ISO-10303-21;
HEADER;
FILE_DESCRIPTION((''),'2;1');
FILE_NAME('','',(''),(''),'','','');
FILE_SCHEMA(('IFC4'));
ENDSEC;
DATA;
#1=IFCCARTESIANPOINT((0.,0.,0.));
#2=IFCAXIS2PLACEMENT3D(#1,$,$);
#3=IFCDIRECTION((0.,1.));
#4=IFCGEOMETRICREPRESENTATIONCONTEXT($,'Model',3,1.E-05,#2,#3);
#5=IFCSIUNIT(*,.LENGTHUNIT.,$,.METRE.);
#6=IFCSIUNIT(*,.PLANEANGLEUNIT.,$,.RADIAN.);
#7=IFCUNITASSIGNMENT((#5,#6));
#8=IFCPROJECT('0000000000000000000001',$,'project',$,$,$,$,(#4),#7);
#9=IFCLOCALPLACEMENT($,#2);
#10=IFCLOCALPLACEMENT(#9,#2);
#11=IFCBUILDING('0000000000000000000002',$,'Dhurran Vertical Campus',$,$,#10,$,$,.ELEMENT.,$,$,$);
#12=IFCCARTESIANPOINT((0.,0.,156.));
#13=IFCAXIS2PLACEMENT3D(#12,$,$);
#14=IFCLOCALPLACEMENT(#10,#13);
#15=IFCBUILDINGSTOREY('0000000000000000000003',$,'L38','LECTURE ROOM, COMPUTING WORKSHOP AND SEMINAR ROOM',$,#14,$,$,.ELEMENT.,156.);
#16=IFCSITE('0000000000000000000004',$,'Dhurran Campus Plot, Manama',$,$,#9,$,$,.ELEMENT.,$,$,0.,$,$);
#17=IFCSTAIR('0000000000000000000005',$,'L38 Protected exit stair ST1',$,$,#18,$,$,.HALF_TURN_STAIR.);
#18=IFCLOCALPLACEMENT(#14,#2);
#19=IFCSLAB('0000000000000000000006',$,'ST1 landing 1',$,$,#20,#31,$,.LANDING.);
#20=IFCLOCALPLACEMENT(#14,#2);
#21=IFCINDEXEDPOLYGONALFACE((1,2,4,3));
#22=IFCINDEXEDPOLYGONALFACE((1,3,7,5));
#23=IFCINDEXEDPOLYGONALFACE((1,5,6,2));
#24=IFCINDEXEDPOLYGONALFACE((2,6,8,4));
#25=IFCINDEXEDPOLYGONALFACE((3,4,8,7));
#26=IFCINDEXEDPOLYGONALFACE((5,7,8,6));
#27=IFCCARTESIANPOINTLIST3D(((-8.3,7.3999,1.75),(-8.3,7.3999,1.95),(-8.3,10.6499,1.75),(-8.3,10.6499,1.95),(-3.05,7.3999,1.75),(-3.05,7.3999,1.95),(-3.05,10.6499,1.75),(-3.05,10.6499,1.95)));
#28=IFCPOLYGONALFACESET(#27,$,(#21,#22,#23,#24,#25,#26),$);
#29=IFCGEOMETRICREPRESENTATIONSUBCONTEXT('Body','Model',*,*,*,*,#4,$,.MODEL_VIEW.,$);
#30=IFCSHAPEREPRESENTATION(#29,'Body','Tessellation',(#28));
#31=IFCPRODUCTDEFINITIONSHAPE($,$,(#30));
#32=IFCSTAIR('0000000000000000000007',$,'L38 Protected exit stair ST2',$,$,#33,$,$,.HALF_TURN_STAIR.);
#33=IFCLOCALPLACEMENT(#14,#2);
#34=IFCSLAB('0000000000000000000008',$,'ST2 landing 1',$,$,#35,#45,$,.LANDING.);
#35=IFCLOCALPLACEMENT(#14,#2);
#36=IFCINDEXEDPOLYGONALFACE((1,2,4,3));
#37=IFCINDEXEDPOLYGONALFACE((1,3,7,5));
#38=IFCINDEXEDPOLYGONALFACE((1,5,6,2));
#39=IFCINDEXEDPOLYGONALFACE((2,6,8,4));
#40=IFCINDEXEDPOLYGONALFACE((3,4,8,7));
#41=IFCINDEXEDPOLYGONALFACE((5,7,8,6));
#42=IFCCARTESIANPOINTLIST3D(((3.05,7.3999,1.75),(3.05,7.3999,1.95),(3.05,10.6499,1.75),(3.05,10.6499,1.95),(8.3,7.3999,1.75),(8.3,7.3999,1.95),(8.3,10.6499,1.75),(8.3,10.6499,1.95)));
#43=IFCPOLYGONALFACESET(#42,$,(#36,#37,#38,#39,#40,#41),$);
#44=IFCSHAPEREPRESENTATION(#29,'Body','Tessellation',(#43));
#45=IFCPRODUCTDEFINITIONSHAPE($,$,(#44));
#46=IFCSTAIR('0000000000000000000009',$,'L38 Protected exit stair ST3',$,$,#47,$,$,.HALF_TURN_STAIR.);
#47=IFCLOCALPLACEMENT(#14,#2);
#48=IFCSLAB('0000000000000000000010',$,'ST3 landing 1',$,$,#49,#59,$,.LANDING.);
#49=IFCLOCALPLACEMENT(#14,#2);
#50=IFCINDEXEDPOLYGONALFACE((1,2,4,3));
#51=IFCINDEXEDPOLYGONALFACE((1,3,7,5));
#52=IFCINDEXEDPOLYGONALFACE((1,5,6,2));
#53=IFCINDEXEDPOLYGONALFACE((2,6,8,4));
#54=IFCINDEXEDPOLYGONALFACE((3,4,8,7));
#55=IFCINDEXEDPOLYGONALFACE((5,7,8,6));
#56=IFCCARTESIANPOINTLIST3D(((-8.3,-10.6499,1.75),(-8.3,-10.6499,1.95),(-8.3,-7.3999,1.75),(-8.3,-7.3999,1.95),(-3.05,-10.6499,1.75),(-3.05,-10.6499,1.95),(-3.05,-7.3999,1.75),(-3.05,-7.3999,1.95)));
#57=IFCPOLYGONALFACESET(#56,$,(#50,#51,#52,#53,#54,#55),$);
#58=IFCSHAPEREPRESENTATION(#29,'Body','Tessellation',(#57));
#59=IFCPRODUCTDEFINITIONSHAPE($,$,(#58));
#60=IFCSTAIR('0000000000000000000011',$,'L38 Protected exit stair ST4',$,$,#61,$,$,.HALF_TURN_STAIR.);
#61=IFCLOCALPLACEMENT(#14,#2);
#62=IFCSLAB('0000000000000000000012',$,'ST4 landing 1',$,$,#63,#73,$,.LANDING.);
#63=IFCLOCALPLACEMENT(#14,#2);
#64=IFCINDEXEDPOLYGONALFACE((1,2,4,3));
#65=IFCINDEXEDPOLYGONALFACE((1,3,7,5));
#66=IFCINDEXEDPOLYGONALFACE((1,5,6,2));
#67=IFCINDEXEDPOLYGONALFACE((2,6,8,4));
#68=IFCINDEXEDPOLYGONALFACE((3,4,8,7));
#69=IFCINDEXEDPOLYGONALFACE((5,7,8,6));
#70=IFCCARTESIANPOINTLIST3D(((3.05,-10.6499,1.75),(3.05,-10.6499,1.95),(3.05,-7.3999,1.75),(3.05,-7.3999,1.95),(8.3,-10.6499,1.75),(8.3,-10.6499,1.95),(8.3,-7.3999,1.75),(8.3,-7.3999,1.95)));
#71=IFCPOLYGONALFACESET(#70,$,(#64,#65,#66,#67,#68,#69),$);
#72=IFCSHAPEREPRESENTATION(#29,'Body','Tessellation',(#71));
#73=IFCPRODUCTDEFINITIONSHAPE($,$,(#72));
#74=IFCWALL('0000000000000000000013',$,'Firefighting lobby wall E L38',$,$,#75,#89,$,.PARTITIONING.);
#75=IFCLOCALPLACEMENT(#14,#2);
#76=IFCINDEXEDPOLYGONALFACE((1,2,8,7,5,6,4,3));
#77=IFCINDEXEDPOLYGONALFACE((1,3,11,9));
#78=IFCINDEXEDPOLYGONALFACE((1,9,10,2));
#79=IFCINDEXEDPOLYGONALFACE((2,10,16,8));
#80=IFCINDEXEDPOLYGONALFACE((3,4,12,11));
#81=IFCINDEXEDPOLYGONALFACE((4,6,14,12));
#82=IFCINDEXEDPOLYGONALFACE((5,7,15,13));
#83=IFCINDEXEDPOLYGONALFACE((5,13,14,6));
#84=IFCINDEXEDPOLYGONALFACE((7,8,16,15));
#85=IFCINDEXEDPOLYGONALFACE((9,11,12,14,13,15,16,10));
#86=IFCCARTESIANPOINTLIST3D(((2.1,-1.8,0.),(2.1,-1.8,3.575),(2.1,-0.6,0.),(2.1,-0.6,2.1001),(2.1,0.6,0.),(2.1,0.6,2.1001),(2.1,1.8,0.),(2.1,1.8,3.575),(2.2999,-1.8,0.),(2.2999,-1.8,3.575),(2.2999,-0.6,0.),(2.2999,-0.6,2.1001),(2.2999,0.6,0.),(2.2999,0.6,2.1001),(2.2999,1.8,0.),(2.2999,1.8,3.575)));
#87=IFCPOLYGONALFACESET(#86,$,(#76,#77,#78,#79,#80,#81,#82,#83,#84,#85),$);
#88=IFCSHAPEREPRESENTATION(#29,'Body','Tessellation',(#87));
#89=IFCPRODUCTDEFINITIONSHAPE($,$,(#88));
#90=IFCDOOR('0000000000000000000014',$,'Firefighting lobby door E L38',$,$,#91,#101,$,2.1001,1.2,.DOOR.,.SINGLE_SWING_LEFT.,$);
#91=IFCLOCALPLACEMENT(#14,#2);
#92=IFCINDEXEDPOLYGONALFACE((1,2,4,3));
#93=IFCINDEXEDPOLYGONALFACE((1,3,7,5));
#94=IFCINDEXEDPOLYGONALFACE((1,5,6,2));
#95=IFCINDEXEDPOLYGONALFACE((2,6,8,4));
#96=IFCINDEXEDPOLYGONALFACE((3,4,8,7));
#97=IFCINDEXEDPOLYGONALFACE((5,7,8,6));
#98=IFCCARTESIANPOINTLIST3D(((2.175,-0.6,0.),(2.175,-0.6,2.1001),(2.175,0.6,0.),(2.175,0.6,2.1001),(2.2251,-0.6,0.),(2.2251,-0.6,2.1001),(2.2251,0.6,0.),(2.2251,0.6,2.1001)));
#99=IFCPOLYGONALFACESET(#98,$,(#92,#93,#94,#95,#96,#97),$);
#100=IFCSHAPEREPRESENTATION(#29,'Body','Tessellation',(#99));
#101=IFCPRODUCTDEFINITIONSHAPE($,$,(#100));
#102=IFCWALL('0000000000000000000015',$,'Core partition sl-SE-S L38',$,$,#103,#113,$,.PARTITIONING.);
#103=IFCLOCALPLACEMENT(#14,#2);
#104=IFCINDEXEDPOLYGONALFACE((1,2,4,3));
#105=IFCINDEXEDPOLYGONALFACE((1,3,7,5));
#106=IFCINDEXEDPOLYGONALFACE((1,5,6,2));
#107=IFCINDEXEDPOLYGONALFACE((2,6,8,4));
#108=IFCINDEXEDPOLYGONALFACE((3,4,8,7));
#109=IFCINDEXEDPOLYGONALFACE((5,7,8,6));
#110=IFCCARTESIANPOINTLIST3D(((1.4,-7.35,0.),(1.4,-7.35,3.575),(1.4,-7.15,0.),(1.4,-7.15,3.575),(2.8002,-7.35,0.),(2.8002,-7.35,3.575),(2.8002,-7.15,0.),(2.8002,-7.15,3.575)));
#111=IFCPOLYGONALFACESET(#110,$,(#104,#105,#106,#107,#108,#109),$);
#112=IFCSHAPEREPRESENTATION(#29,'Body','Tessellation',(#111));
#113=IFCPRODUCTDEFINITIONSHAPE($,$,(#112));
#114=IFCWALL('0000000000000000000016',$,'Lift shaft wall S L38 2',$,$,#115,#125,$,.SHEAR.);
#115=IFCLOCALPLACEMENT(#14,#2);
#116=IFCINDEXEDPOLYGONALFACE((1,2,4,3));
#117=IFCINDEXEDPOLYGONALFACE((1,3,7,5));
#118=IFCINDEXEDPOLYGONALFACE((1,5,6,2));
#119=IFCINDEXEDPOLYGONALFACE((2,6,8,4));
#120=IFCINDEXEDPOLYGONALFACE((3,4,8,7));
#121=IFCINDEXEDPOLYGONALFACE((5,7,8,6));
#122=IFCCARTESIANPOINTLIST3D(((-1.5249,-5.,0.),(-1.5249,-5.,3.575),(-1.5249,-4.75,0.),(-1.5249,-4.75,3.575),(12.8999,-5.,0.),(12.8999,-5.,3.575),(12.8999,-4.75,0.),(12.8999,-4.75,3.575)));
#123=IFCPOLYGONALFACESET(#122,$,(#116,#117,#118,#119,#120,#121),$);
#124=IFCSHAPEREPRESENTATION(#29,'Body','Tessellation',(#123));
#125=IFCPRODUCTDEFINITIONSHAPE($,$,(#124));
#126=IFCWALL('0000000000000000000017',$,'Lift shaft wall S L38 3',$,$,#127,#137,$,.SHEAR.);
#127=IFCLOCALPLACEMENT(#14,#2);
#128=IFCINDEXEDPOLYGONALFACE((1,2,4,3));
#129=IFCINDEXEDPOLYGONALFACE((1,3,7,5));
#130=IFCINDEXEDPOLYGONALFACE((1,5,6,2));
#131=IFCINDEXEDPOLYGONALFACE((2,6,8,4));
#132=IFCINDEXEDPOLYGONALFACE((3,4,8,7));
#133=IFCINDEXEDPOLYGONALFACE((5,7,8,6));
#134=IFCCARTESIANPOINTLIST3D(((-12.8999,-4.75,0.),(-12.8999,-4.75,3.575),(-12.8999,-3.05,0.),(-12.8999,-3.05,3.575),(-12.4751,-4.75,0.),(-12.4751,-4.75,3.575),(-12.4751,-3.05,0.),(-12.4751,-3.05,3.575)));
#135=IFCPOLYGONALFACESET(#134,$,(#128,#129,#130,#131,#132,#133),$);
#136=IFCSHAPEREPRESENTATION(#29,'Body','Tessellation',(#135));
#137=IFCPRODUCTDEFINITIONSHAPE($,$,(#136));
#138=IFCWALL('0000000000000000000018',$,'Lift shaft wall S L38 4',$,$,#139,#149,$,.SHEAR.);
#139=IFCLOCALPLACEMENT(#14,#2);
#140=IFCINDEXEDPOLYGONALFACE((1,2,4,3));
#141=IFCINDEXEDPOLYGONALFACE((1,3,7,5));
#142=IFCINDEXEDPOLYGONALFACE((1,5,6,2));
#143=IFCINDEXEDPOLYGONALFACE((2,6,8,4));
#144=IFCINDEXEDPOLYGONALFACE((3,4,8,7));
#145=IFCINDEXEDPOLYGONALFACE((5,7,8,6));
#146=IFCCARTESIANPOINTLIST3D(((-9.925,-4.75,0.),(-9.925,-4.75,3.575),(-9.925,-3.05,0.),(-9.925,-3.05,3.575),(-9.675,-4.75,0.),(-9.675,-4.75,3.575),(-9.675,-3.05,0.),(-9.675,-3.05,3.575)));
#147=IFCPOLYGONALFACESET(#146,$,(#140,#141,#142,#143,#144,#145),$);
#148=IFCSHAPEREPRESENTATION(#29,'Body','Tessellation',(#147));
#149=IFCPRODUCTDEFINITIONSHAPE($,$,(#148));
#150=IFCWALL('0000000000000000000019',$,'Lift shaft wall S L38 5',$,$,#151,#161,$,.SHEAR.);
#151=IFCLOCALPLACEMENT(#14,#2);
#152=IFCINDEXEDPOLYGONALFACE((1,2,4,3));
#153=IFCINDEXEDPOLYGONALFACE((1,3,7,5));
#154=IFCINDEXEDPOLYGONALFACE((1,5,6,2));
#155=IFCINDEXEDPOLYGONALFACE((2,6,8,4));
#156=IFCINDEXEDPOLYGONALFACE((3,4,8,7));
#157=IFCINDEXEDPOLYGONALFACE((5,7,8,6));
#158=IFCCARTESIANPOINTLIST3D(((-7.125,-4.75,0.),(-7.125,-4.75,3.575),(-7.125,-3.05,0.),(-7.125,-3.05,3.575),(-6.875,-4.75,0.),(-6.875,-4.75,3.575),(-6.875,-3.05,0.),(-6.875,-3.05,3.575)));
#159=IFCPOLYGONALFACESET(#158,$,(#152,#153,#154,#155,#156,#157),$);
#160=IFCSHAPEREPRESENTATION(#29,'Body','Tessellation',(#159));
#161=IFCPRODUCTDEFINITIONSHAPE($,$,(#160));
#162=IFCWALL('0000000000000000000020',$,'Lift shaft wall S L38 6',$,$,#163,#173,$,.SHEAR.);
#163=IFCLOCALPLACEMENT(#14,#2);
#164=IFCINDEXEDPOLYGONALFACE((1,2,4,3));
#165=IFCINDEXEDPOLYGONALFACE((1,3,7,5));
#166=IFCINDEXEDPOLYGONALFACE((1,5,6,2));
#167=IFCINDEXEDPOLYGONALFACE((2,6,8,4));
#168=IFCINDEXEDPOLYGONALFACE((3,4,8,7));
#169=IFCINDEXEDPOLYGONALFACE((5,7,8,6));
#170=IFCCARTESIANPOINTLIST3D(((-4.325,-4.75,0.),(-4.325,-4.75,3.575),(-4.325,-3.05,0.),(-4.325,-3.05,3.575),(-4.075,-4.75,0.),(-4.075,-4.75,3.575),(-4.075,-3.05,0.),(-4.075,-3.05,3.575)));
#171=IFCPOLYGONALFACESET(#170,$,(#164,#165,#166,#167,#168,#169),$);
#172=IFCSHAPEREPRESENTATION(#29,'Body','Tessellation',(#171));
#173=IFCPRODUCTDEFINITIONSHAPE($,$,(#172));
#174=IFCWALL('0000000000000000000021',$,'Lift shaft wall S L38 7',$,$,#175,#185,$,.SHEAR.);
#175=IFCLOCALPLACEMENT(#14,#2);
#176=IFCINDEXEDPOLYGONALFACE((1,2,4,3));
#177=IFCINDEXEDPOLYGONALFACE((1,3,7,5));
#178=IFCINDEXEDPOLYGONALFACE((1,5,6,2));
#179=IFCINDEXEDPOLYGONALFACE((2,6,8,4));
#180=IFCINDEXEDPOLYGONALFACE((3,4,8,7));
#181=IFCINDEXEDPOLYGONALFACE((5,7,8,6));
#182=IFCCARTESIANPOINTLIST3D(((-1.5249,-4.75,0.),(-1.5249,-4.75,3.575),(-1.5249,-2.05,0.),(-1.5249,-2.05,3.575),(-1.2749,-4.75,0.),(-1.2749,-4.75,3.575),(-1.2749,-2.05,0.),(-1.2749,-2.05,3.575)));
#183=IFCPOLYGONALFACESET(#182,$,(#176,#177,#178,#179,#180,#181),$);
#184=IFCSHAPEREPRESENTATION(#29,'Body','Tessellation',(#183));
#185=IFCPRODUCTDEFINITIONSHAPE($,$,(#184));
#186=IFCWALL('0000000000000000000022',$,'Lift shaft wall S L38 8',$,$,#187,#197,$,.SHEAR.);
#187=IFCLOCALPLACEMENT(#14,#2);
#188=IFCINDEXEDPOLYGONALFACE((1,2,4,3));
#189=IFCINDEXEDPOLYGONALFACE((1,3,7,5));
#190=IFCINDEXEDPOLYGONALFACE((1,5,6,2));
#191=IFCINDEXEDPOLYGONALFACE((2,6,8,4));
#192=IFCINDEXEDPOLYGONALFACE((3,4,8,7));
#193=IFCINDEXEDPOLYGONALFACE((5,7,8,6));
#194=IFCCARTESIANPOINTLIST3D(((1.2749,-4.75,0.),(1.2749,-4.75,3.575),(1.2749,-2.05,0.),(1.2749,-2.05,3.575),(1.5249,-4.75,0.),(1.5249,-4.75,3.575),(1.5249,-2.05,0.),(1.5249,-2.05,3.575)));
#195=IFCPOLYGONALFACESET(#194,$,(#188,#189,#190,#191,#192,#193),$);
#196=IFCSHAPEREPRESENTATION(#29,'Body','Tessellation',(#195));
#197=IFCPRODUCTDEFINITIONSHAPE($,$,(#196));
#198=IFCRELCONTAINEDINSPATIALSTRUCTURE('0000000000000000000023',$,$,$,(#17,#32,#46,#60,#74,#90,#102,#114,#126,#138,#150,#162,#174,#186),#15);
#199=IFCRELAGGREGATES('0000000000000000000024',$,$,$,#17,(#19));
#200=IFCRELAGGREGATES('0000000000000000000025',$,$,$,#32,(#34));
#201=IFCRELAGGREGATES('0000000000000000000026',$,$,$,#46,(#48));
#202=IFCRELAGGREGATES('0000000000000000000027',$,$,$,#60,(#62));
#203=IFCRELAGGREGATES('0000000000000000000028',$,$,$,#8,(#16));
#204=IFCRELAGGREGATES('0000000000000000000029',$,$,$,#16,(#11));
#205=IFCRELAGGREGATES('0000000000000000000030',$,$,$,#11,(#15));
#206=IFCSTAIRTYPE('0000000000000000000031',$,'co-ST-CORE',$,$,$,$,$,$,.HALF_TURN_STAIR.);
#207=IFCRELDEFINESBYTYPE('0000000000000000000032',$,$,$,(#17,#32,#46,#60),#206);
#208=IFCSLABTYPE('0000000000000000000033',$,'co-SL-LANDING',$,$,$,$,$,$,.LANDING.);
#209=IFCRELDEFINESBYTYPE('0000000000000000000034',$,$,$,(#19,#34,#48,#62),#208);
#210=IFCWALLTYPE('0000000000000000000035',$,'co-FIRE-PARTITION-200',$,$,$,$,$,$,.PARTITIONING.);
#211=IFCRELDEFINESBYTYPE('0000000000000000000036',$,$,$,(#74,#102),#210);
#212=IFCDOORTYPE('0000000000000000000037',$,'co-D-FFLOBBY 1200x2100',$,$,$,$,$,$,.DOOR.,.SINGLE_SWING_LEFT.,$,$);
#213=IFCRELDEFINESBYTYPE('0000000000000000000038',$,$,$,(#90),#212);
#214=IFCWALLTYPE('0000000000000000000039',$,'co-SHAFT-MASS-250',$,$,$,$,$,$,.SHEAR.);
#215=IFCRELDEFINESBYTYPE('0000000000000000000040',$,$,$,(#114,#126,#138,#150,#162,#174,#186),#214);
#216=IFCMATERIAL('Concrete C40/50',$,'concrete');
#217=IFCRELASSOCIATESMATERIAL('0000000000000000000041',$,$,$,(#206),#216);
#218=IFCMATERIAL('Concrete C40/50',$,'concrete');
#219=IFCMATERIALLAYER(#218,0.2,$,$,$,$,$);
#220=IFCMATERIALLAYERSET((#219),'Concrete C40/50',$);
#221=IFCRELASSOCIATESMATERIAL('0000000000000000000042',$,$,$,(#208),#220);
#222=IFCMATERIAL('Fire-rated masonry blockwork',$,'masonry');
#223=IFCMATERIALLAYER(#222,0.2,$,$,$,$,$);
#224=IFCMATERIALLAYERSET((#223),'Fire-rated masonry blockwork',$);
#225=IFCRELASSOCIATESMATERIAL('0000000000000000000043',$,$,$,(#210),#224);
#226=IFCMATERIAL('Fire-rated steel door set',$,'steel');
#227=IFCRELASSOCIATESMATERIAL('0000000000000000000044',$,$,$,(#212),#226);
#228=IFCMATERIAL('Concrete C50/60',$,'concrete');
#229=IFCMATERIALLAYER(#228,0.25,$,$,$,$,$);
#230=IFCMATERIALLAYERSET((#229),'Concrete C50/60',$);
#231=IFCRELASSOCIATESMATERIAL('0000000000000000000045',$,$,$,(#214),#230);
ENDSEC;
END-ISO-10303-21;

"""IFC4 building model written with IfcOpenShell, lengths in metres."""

from ifc_helpers import new_model, si_unit, direction, frame, frame_2d, origin, place, context, subcontext, project, spatial, polyline, rectangle, outline, extrude, material, layer, layer_set, type_object, element, fill, aggregate, save


model = new_model("IFC4")

# Units and contexts
model_context = context("Model", 3, precision=1e-05, world=origin(), true_north=direction((0.0, 1.0)))
body_context = subcontext(model_context, "Body", "Model", "MODEL_VIEW")
ifc_project = project(units=[si_unit("LENGTHUNIT", "METRE"), si_unit("PLANEANGLEUNIT", "RADIAN")], contexts=[model_context])

# Site, building, storey
site_placement = place(None, origin())
site = spatial("IfcSite", under=ifc_project, at=site_placement, Name="Dhurran Campus Plot, Manama", CompositionType="ELEMENT", RefElevation=0.0)
building_placement = place(site_placement, origin())
building = spatial("IfcBuilding", under=site, at=building_placement, Name="Dhurran Vertical Campus", CompositionType="ELEMENT")
storey_placement = place(building_placement, frame((0.0, 0.0, 156.0)))
storey = spatial("IfcBuildingStorey", under=building, at=storey_placement, Name="L38", Description="LECTURE ROOM, COMPUTING WORKSHOP AND SEMINAR ROOM", CompositionType="ELEMENT", Elevation=156.0)

# Stairs, slabs
ifc_material_1 = material(Name="Concrete C40/50", Category="concrete")
stair_type = type_object("IfcStairType", Name="co-ST-CORE", PredefinedType="HALF_TURN_STAIR", material=ifc_material_1)
stair_1_placement = place(storey_placement, origin())
stair_1 = element("IfcStair", 1, at=stair_1_placement, inside=storey, type_object=stair_type, Name="L38 Protected exit stair ST1", PredefinedType="HALF_TURN_STAIR")
ifc_material_2 = material(Name="Concrete C40/50", Category="concrete")
ifc_layer_1 = layer(ifc_material_2, 0.2)
ifc_layer_set_1 = layer_set([ifc_layer_1], Name="Concrete C40/50")
slab_type = type_object("IfcSlabType", Name="co-SL-LANDING", PredefinedType="LANDING", material=ifc_layer_set_1)
slab_1_placement = place(storey_placement, frame((0.0, 0.0, 1.75)))
slab_1 = element("IfcSlab", 2, at=slab_1_placement, type_object=slab_type, Name="ST1 landing 1", PredefinedType="LANDING", context=body_context, shape_type="SweptSolid", body=[
    extrude(outline(polyline([(-8.3, 7.3999), (-3.05, 7.3999), (-3.05, 10.6499), (-8.3, 10.6499), (-8.3, 7.3999)])), origin(), (0.0, 0.0, 1.0), 0.2),
])
aggregate(stair_1, [slab_1])
stair_2_placement = place(storey_placement, origin())
stair_2 = element("IfcStair", 3, at=stair_2_placement, inside=storey, type_object=stair_type, Name="L38 Protected exit stair ST2", PredefinedType="HALF_TURN_STAIR")
slab_2_placement = place(storey_placement, frame((0.0, 0.0, 1.75)))
slab_2 = element("IfcSlab", 4, at=slab_2_placement, type_object=slab_type, Name="ST2 landing 1", PredefinedType="LANDING", context=body_context, shape_type="SweptSolid", body=[
    extrude(outline(polyline([(8.3, 10.6499), (3.05, 10.6499), (3.05, 7.3999), (8.3, 7.3999), (8.3, 10.6499)])), origin(), (0.0, 0.0, 1.0), 0.2),
])
aggregate(stair_2, [slab_2])
stair_3_placement = place(storey_placement, origin())
stair_3 = element("IfcStair", 5, at=stair_3_placement, inside=storey, type_object=stair_type, Name="L38 Protected exit stair ST3", PredefinedType="HALF_TURN_STAIR")
slab_3_placement = place(storey_placement, frame((0.0, 0.0, 1.75)))
slab_3 = element("IfcSlab", 6, at=slab_3_placement, type_object=slab_type, Name="ST3 landing 1", PredefinedType="LANDING", context=body_context, shape_type="SweptSolid", body=[
    extrude(outline(polyline([(-8.3, -10.6499), (-3.05, -10.6499), (-3.05, -7.3999), (-8.3, -7.3999), (-8.3, -10.6499)])), origin(), (0.0, 0.0, 1.0), 0.2),
])
aggregate(stair_3, [slab_3])
stair_4_placement = place(storey_placement, origin())
stair_4 = element("IfcStair", 7, at=stair_4_placement, inside=storey, type_object=stair_type, Name="L38 Protected exit stair ST4", PredefinedType="HALF_TURN_STAIR")
slab_4_placement = place(storey_placement, frame((0.0, 0.0, 1.75)))
slab_4 = element("IfcSlab", 8, at=slab_4_placement, type_object=slab_type, Name="ST4 landing 1", PredefinedType="LANDING", context=body_context, shape_type="SweptSolid", body=[
    extrude(outline(polyline([(8.3, -7.3999), (3.05, -7.3999), (3.05, -10.6499), (8.3, -10.6499), (8.3, -7.3999)])), origin(), (0.0, 0.0, 1.0), 0.2),
])
aggregate(stair_4, [slab_4])

# Wall, opening, door
ifc_material_3 = material(Name="Fire-rated masonry blockwork", Category="masonry")
ifc_layer_2 = layer(ifc_material_3, 0.2)
ifc_layer_set_2 = layer_set([ifc_layer_2], Name="Fire-rated masonry blockwork")
wall_type_1 = type_object("IfcWallType", Name="co-FIRE-PARTITION-200", PredefinedType="PARTITIONING", material=ifc_layer_set_2)
wall_1_placement = place(storey_placement, frame((2.2, -1.8, 0.0), z_axis=(0.0, 0.0, 1.0), x_axis=(0.0, 1.0, 0.0)))
wall_1 = element("IfcWall", 9, at=wall_1_placement, inside=storey, type_object=wall_type_1, Name="Firefighting lobby wall E L38", PredefinedType="PARTITIONING", context=body_context, shape_type="SweptSolid", body=[
    extrude(rectangle(XDim=3.6001, YDim=0.2, at=frame_2d((1.8, 0.0))), origin(), (0.0, 0.0, 1.0), 3.575),
])
opening_1_placement = place(wall_1_placement, frame((1.2, 0.0, 0.0)))
opening_1 = element("IfcOpeningElement", 10, at=opening_1_placement, cuts=wall_1, PredefinedType="OPENING", context=body_context, shape_type="SweptSolid", body=[
    extrude(rectangle(XDim=1.2, YDim=2.1001, at=frame_2d((0.6001, 1.05))), frame((0.0, 0.1099, 0.0), z_axis=(0.0, -1.0, 0.0), x_axis=(1.0, 0.0, 0.0)), (0.0, 0.0, 1.0), 0.22),
])
ifc_material_4 = material(Name="Fire-rated steel door set", Category="steel")
door_type_1 = type_object("IfcDoorType", Name="co-D-FFLOBBY 1200x2100", OperationType="SINGLE_SWING_LEFT", PredefinedType="DOOR", material=ifc_material_4)
door_1_placement = place(opening_1_placement, origin())
door_1 = element("IfcDoor", 11, at=door_1_placement, inside=storey, type_object=door_type_1, Name="Firefighting lobby door E L38", OperationType="SINGLE_SWING_LEFT", OverallHeight=2.1001, OverallWidth=1.2, PredefinedType="DOOR", context=body_context, shape_type="SweptSolid", body=[
    extrude(rectangle(XDim=1.2, YDim=2.1001, at=frame_2d((0.6001, 1.05))), frame((0.0, 0.0249, 0.0), z_axis=(0.0, -1.0, 0.0), x_axis=(1.0, 0.0, 0.0)), (0.0, 0.0, 1.0), 0.05),
])
fill(opening_1, door_1)

# Walls
wall_2_placement = place(storey_placement, frame((1.3999, -7.25, 0.0), z_axis=(0.0, 0.0, 1.0), x_axis=(1.0, 0.0, 0.0)))
element("IfcWall", 12, at=wall_2_placement, inside=storey, type_object=wall_type_1, Name="Core partition sl-SE-S L38", PredefinedType="PARTITIONING", context=body_context, shape_type="SweptSolid", body=[
    extrude(rectangle(XDim=1.4001, YDim=0.2, at=frame_2d((0.7002, 0.0))), origin(), (0.0, 0.0, 1.0), 3.575),
])
ifc_material_5 = material(Name="Concrete C50/60", Category="concrete")
ifc_layer_3 = layer(ifc_material_5, 0.25)
ifc_layer_set_3 = layer_set([ifc_layer_3], Name="Concrete C50/60")
wall_type_2 = type_object("IfcWallType", Name="co-SHAFT-MASS-250", PredefinedType="SHEAR", material=ifc_layer_set_3)
wall_3_placement = place(storey_placement, origin())
element("IfcWall", 13, at=wall_3_placement, inside=storey, type_object=wall_type_2, Name="Lift shaft wall S L38 2", PredefinedType="SHEAR", context=body_context, shape_type="SweptSolid", body=[
    extrude(outline(polyline([(-1.5249, -5.0), (12.8999, -5.0), (12.8999, -4.75), (-1.5249, -4.75), (-1.5249, -5.0)])), origin(), (0.0, 0.0, 1.0), 3.575),
])
wall_4_placement = place(storey_placement, origin())
element("IfcWall", 14, at=wall_4_placement, inside=storey, type_object=wall_type_2, Name="Lift shaft wall S L38 3", PredefinedType="SHEAR", context=body_context, shape_type="SweptSolid", body=[
    extrude(outline(polyline([(-12.8999, -4.75), (-12.4751, -4.75), (-12.4751, -3.05), (-12.8999, -3.05), (-12.8999, -4.75)])), origin(), (0.0, 0.0, 1.0), 3.575),
])
wall_5_placement = place(storey_placement, origin())
element("IfcWall", 15, at=wall_5_placement, inside=storey, type_object=wall_type_2, Name="Lift shaft wall S L38 4", PredefinedType="SHEAR", context=body_context, shape_type="SweptSolid", body=[
    extrude(outline(polyline([(-9.925, -4.75), (-9.675, -4.75), (-9.675, -3.05), (-9.925, -3.05), (-9.925, -4.75)])), origin(), (0.0, 0.0, 1.0), 3.575),
])
wall_6_placement = place(storey_placement, origin())
element("IfcWall", 16, at=wall_6_placement, inside=storey, type_object=wall_type_2, Name="Lift shaft wall S L38 5", PredefinedType="SHEAR", context=body_context, shape_type="SweptSolid", body=[
    extrude(outline(polyline([(-7.125, -4.75), (-6.875, -4.75), (-6.875, -3.05), (-7.125, -3.05), (-7.125, -4.75)])), origin(), (0.0, 0.0, 1.0), 3.575),
])
wall_7_placement = place(storey_placement, origin())
element("IfcWall", 17, at=wall_7_placement, inside=storey, type_object=wall_type_2, Name="Lift shaft wall S L38 6", PredefinedType="SHEAR", context=body_context, shape_type="SweptSolid", body=[
    extrude(outline(polyline([(-4.325, -4.75), (-4.075, -4.75), (-4.075, -3.05), (-4.325, -3.05), (-4.325, -4.75)])), origin(), (0.0, 0.0, 1.0), 3.575),
])
wall_8_placement = place(storey_placement, origin())
element("IfcWall", 18, at=wall_8_placement, inside=storey, type_object=wall_type_2, Name="Lift shaft wall S L38 7", PredefinedType="SHEAR", context=body_context, shape_type="SweptSolid", body=[
    extrude(outline(polyline([(-1.5249, -4.75), (-1.2749, -4.75), (-1.2749, -2.05), (-1.5249, -2.05), (-1.5249, -4.75)])), origin(), (0.0, 0.0, 1.0), 3.575),
])
wall_9_placement = place(storey_placement, origin())
element("IfcWall", 19, at=wall_9_placement, inside=storey, type_object=wall_type_2, Name="Lift shaft wall S L38 8", PredefinedType="SHEAR", context=body_context, shape_type="SweptSolid", body=[
    extrude(outline(polyline([(1.2749, -4.75), (1.5249, -4.75), (1.5249, -2.05), (1.2749, -2.05), (1.2749, -4.75)])), origin(), (0.0, 0.0, 1.0), 3.575),
])

save(model, "model.ifc")
